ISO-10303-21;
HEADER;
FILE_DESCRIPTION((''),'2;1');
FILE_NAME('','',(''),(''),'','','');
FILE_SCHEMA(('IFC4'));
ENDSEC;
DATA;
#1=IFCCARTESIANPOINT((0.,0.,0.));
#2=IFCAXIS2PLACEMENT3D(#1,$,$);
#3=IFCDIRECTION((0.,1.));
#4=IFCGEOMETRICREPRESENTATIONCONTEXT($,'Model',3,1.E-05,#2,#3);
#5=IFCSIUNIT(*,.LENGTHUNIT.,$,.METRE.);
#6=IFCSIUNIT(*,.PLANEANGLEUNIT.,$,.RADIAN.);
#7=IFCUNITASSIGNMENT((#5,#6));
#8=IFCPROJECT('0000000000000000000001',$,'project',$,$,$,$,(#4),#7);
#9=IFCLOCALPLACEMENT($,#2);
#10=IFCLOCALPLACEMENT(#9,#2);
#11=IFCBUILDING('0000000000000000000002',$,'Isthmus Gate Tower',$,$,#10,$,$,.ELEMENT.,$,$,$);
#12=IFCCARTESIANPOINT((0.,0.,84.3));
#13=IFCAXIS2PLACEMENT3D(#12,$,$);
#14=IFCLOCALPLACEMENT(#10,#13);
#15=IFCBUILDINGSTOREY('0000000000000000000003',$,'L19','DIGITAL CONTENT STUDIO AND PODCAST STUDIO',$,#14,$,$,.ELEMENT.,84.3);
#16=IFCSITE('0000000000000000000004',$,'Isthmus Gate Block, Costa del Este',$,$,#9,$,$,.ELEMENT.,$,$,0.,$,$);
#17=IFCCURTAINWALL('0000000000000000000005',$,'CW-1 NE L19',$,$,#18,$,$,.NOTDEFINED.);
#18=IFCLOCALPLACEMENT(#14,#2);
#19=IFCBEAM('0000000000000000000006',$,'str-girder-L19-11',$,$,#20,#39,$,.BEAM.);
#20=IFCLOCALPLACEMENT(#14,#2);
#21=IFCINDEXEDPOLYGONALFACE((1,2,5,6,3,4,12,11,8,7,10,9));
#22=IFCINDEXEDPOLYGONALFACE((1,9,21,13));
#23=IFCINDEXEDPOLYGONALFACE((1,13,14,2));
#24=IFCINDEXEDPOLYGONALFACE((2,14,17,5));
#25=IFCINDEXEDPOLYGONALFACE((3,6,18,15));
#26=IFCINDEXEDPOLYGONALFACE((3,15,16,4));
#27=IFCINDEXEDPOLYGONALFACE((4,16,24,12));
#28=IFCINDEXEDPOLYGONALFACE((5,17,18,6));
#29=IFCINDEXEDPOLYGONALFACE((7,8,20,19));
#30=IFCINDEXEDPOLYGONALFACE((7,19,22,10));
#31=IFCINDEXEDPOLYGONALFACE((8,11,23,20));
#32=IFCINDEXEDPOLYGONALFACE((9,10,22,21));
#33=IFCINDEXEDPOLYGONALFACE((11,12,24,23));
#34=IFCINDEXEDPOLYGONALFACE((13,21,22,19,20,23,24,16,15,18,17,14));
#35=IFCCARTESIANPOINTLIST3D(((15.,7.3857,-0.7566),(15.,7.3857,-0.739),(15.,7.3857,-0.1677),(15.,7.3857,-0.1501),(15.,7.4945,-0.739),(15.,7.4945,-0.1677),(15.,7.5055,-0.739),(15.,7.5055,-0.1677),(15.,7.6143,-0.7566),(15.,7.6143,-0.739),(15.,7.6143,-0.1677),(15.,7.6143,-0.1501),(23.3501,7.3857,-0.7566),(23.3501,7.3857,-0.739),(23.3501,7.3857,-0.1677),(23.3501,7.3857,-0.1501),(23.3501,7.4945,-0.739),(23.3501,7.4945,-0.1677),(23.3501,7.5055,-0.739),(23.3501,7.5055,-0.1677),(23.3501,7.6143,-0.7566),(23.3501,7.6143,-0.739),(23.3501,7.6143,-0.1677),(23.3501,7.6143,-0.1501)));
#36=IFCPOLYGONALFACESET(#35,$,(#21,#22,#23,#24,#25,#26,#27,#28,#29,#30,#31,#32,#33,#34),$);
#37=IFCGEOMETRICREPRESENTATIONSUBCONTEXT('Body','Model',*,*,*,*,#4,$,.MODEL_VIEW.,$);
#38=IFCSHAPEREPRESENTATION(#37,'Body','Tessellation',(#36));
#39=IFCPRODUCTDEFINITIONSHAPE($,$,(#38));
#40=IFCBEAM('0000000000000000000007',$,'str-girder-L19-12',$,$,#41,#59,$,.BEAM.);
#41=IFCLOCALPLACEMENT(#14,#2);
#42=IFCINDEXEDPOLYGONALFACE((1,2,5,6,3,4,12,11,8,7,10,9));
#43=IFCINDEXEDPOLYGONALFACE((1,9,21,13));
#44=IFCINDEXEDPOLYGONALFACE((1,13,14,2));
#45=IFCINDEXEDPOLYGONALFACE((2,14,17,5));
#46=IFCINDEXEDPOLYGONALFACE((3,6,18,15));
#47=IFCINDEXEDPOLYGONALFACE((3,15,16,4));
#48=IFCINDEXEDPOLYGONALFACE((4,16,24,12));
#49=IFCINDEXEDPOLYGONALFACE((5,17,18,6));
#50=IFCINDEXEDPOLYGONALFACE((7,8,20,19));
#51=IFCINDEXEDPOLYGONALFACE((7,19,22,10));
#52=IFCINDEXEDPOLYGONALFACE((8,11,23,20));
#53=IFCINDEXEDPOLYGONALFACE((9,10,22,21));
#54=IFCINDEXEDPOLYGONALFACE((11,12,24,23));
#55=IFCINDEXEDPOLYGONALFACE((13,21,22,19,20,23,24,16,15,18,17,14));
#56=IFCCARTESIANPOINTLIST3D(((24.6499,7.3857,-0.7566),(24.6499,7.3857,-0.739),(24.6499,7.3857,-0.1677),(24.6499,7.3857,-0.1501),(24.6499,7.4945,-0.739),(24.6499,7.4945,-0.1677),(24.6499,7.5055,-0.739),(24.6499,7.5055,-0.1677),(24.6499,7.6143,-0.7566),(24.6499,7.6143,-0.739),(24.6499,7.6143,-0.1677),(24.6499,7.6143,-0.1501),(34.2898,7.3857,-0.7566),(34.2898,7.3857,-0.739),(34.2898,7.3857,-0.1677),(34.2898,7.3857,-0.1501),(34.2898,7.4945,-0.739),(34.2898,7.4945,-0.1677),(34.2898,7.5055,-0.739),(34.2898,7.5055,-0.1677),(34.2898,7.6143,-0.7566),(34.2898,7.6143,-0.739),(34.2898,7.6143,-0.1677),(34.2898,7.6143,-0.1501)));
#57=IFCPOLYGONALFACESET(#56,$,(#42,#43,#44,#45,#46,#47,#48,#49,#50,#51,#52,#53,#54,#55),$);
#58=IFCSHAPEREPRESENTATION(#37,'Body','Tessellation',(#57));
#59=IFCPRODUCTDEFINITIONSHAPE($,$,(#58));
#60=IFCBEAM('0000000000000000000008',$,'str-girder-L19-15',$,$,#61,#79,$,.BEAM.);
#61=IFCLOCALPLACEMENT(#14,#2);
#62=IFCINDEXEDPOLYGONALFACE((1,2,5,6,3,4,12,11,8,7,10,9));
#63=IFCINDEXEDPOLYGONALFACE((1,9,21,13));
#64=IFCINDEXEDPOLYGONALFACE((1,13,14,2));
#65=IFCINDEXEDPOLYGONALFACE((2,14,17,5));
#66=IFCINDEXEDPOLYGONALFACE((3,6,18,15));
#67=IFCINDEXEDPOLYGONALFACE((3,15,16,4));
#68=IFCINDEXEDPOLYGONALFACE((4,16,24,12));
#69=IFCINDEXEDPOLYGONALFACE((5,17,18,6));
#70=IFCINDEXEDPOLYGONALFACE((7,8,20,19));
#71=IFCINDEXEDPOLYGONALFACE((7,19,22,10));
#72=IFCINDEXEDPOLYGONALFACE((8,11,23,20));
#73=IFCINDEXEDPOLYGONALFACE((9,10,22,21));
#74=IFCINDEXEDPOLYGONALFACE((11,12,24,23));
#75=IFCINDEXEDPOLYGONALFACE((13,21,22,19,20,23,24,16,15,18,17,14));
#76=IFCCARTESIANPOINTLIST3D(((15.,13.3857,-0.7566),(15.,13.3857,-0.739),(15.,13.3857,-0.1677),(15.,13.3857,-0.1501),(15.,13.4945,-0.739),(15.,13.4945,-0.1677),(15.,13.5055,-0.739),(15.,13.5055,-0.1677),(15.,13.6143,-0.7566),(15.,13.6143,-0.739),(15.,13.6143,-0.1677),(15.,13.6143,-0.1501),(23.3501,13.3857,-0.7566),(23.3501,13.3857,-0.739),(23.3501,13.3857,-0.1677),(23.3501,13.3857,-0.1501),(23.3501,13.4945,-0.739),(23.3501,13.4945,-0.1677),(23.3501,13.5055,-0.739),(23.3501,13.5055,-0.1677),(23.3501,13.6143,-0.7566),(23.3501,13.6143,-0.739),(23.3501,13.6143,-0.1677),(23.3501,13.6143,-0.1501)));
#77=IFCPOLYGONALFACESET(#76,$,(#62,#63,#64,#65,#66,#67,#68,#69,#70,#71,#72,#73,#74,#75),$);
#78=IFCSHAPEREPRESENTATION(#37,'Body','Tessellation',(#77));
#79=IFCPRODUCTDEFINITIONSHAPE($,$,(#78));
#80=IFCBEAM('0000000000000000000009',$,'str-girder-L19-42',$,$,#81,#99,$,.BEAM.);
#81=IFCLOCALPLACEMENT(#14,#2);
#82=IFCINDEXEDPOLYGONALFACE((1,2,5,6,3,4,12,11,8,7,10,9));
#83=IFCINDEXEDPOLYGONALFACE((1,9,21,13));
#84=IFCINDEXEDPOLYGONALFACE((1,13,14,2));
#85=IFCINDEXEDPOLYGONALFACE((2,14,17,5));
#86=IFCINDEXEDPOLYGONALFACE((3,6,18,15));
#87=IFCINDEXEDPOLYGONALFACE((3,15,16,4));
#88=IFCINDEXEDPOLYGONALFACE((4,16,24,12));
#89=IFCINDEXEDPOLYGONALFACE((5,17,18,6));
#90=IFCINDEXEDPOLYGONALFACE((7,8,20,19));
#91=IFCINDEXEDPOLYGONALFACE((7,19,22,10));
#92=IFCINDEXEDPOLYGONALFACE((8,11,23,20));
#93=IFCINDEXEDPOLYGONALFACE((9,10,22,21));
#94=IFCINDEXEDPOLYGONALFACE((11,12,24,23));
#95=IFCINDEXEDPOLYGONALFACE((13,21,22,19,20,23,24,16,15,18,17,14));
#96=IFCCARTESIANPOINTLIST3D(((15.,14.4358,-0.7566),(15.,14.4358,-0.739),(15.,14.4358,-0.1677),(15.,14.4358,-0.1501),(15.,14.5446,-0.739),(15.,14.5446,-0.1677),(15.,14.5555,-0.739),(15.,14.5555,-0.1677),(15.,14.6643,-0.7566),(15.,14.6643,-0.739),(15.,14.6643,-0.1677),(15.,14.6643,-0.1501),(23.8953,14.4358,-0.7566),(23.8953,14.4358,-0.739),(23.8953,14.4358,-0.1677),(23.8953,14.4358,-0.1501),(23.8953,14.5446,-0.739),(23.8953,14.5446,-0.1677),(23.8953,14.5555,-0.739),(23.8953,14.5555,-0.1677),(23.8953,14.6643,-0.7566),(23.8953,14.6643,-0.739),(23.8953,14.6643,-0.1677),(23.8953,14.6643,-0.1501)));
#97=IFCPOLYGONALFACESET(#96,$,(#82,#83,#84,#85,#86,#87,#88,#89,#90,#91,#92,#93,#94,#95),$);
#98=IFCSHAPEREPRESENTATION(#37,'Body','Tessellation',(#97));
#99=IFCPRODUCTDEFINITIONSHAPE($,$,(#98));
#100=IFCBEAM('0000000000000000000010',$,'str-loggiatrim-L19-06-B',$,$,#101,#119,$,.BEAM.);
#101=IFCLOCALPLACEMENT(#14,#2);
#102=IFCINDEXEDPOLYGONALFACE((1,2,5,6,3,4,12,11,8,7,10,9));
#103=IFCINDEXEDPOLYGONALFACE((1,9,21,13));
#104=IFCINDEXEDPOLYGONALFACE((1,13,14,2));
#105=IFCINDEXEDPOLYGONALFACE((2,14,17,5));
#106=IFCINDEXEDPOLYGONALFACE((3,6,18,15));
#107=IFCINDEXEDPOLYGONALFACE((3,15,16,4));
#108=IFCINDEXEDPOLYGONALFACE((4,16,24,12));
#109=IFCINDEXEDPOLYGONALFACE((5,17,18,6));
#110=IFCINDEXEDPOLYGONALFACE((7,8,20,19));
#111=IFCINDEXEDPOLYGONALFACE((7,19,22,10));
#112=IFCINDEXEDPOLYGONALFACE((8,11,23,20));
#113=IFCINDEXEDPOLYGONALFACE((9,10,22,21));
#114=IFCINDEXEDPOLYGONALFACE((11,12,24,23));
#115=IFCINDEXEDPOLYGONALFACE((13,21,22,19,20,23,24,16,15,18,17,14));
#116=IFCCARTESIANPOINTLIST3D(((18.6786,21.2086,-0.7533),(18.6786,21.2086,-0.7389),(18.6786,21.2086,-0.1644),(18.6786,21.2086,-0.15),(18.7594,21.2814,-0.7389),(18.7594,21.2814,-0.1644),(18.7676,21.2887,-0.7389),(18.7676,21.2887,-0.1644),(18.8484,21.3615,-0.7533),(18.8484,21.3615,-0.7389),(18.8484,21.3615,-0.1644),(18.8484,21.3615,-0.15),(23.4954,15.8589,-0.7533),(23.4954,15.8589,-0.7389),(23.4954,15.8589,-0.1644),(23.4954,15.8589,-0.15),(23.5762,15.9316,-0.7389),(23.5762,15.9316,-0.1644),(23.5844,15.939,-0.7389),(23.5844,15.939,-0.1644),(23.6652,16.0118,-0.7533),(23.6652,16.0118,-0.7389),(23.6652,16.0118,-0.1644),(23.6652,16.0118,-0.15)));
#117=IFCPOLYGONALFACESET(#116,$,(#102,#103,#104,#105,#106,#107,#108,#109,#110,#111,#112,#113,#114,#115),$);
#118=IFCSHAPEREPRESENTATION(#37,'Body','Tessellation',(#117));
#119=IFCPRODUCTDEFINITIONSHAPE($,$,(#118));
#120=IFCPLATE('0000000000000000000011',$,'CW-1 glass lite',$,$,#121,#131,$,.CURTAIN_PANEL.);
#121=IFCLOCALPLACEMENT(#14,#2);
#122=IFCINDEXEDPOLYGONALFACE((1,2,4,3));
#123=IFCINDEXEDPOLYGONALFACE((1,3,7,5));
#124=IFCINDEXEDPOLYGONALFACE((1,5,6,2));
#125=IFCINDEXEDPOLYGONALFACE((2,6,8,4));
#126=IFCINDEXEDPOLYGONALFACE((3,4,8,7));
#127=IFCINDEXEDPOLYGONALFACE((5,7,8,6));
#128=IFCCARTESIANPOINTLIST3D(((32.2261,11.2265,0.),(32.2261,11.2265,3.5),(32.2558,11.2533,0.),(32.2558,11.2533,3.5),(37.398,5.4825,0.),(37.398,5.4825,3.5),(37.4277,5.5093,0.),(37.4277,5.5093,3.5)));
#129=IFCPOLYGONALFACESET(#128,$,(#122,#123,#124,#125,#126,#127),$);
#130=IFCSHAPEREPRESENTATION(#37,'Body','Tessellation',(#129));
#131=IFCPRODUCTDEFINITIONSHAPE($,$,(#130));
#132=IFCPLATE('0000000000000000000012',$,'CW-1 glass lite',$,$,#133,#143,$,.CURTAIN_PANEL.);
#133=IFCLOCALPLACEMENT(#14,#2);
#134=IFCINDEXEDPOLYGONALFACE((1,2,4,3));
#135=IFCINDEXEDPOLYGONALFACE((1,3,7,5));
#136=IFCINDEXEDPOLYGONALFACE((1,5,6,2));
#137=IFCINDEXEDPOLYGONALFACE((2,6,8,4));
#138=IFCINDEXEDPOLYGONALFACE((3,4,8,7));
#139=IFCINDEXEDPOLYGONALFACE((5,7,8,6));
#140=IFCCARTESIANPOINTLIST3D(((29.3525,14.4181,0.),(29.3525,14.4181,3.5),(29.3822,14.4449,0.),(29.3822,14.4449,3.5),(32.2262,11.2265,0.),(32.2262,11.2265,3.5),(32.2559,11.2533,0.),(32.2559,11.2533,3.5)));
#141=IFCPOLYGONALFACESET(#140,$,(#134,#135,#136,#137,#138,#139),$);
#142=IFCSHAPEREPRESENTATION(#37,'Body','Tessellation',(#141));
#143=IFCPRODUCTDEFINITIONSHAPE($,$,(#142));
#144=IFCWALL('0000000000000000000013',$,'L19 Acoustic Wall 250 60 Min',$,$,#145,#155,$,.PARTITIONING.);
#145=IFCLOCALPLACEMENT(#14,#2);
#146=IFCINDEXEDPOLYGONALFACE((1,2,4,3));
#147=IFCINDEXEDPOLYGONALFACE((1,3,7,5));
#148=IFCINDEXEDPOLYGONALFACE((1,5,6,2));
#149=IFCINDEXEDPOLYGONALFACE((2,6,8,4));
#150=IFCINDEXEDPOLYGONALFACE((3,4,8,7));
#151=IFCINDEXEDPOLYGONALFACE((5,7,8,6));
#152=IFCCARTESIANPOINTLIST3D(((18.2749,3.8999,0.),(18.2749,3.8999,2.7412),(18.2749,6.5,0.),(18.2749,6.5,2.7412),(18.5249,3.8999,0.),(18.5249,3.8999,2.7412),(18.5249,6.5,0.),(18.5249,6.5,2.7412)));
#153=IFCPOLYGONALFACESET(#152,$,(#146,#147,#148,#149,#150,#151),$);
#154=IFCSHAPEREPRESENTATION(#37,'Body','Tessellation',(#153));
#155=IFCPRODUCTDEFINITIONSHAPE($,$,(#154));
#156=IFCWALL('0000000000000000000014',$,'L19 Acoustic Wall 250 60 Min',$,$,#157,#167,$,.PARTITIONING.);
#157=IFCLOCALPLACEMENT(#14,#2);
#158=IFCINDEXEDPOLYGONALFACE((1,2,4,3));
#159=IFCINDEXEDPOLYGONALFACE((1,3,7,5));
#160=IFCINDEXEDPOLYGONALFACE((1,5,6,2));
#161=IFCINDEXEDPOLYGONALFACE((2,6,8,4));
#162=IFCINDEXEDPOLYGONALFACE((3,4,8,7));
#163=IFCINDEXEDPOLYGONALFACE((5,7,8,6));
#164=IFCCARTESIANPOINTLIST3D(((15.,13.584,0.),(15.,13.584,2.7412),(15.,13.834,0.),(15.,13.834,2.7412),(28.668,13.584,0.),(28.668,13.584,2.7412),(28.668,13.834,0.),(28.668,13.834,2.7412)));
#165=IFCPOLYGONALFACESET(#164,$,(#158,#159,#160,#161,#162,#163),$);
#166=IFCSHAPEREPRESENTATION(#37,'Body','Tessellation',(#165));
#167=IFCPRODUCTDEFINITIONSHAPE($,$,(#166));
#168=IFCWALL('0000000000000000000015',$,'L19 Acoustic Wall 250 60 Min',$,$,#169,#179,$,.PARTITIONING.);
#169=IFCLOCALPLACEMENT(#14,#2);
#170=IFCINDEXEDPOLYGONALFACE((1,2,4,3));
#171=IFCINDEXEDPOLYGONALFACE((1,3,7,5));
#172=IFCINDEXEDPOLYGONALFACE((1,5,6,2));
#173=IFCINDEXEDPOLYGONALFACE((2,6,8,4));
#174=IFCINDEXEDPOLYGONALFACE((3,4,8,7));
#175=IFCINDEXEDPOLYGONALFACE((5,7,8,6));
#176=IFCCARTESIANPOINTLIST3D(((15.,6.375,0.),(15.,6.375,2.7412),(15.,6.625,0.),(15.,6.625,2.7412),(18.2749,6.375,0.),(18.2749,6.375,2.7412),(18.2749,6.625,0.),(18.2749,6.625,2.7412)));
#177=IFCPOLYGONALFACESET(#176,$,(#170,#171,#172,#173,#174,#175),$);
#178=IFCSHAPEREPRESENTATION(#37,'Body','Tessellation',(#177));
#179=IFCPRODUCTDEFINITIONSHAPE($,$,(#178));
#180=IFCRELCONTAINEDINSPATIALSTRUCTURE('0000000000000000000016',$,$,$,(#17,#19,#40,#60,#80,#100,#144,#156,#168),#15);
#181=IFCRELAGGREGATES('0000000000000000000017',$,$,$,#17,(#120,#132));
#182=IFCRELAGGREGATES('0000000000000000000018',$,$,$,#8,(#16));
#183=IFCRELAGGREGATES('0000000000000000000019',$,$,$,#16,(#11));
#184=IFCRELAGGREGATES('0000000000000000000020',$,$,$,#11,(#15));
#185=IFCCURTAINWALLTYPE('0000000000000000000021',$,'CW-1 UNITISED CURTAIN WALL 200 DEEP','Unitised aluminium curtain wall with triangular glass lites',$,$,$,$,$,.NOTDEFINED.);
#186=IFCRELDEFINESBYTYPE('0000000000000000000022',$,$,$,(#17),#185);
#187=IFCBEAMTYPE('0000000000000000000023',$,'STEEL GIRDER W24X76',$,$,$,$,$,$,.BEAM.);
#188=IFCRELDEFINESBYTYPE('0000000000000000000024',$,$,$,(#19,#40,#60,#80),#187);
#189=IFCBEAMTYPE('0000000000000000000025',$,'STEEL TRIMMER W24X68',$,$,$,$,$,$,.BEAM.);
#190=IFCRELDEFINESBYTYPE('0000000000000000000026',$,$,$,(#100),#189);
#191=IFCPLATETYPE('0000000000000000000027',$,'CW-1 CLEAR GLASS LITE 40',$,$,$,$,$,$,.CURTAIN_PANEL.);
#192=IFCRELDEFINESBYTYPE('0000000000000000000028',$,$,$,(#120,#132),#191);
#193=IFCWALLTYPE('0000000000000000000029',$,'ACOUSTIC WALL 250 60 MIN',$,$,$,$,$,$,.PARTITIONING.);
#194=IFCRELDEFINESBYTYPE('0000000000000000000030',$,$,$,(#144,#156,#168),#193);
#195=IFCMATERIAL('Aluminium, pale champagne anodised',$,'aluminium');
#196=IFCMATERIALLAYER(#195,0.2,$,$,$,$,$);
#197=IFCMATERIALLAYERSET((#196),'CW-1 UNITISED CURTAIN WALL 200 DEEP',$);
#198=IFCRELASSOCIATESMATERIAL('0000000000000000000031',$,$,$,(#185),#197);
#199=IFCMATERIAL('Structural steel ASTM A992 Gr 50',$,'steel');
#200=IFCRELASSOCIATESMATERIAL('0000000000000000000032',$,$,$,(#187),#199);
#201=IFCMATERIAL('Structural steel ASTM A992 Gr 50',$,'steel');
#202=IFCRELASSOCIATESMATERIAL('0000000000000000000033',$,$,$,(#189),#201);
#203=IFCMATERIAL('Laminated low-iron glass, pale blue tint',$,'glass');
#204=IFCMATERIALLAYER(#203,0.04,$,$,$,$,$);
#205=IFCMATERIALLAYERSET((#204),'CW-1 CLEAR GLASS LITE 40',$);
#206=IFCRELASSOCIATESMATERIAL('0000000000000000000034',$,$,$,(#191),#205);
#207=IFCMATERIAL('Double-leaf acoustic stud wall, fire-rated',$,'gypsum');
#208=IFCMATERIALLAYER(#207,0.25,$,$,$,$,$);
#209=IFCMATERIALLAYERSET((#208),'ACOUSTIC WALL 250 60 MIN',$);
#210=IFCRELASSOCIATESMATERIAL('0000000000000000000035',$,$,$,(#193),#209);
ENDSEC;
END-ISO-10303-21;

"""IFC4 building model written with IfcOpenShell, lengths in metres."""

from ifc_helpers import new_model, si_unit, direction, frame, frame_2d, origin, origin_2d, place, context, subcontext, project, spatial, rectangle, i_section, extrude, material, layer, layer_set, material_profile, profile_set, type_object, element, aggregate, save


model = new_model("IFC4")

# Units and contexts
model_context = context("Model", 3, precision=1e-05, world=origin(), true_north=direction((0.0, 1.0)))
body_context = subcontext(model_context, "Body", "Model", "MODEL_VIEW")
ifc_project = project(units=[si_unit("LENGTHUNIT", "METRE"), si_unit("PLANEANGLEUNIT", "RADIAN")], contexts=[model_context])

# Site, building, storey
site_placement = place(None, origin())
site = spatial("IfcSite", under=ifc_project, at=site_placement, Name="Isthmus Gate Block, Costa del Este", CompositionType="ELEMENT", RefElevation=0.0)
building_placement = place(site_placement, origin())
building = spatial("IfcBuilding", under=site, at=building_placement, Name="Isthmus Gate Tower", CompositionType="ELEMENT")
storey_placement = place(building_placement, frame((0.0, 0.0, 84.3)))
storey = spatial("IfcBuildingStorey", under=building, at=storey_placement, Name="L19", Description="DIGITAL CONTENT STUDIO AND PODCAST STUDIO", CompositionType="ELEMENT", Elevation=84.3)

# Curtain wall
ifc_material_1 = material(Name="Aluminium, pale champagne anodised", Category="aluminium")
ifc_layer_1 = layer(ifc_material_1, 0.2)
ifc_layer_set_1 = layer_set([ifc_layer_1], Name="CW-1 UNITISED CURTAIN WALL 200 DEEP")
curtain_wall_type_1 = type_object("IfcCurtainWallType", Name="CW-1 UNITISED CURTAIN WALL 200 DEEP", Description="Unitised aluminium curtain wall with triangular glass lites", PredefinedType="NOTDEFINED", material=ifc_layer_set_1)
curtain_wall_1_placement = place(storey_placement, origin())
curtain_wall_1 = element("IfcCurtainWall", 1, at=curtain_wall_1_placement, inside=storey, type_object=curtain_wall_type_1, Name="CW-1 NE L19", PredefinedType="NOTDEFINED")

# Beams
ifc_material_2 = material(Name="Structural steel ASTM A992 Gr 50", Category="steel")
ifc_material_profile_1 = material_profile(ifc_material_2, i_section(OverallWidth=0.2285, OverallDepth=0.6064, WebThickness=0.011, FlangeThickness=0.0176, at=origin_2d()), Name="W24X76")
ifc_profile_set_1 = profile_set([ifc_material_profile_1], Name="Structural steel ASTM A992 Gr 50")
beam_type_1 = type_object("IfcBeamType", Name="STEEL GIRDER W24X76", PredefinedType="BEAM", material=ifc_profile_set_1)
beam_1_placement = place(storey_placement, frame((15.0, 7.5, -0.4534), z_axis=(1.0, 0.0, 0.0), x_axis=(0.0, 1.0, 0.0)))
element("IfcBeam", 2, at=beam_1_placement, inside=storey, type_object=beam_type_1, Name="str-girder-L19-11", PredefinedType="BEAM", context=body_context, shape_type="SweptSolid", body=[
    extrude(i_section(OverallWidth=0.2285, OverallDepth=0.6064, WebThickness=0.011, FlangeThickness=0.0176, at=origin_2d()), origin(), (0.0, 0.0, 1.0), 8.3501),
])
beam_2_placement = place(storey_placement, frame((24.6499, 7.5, -0.4534), z_axis=(1.0, 0.0, 0.0), x_axis=(0.0, 1.0, 0.0)))
element("IfcBeam", 3, at=beam_2_placement, inside=storey, type_object=beam_type_1, Name="str-girder-L19-12", PredefinedType="BEAM", context=body_context, shape_type="SweptSolid", body=[
    extrude(i_section(OverallWidth=0.2285, OverallDepth=0.6064, WebThickness=0.011, FlangeThickness=0.0176, at=origin_2d()), origin(), (0.0, 0.0, 1.0), 9.6399),
])
beam_3_placement = place(storey_placement, frame((15.0, 13.5, -0.4534), z_axis=(1.0, 0.0, 0.0), x_axis=(0.0, 1.0, 0.0)))
element("IfcBeam", 4, at=beam_3_placement, inside=storey, type_object=beam_type_1, Name="str-girder-L19-15", PredefinedType="BEAM", context=body_context, shape_type="SweptSolid", body=[
    extrude(i_section(OverallWidth=0.2285, OverallDepth=0.6064, WebThickness=0.011, FlangeThickness=0.0176, at=origin_2d()), origin(), (0.0, 0.0, 1.0), 8.3501),
])
beam_4_placement = place(storey_placement, frame((15.0, 14.55, -0.4534), z_axis=(1.0, 0.0, 0.0), x_axis=(0.0, 1.0, 0.0)))
element("IfcBeam", 5, at=beam_4_placement, inside=storey, type_object=beam_type_1, Name="str-girder-L19-42", PredefinedType="BEAM", context=body_context, shape_type="SweptSolid", body=[
    extrude(i_section(OverallWidth=0.2285, OverallDepth=0.6064, WebThickness=0.011, FlangeThickness=0.0176, at=origin_2d()), origin(), (0.0, 0.0, 1.0), 8.8953),
])
ifc_material_3 = material(Name="Structural steel ASTM A992 Gr 50", Category="steel")
ifc_material_profile_2 = material_profile(ifc_material_3, i_section(OverallWidth=0.2285, OverallDepth=0.6033, WebThickness=0.011, FlangeThickness=0.0144, at=origin_2d()), Name="W24X68")
ifc_profile_set_2 = profile_set([ifc_material_profile_2], Name="Structural steel ASTM A992 Gr 50")
beam_type_2 = type_object("IfcBeamType", Name="STEEL TRIMMER W24X68", PredefinedType="BEAM", material=ifc_profile_set_2)
beam_5_placement = place(storey_placement, frame((23.5803, 15.9353, -0.4517), z_axis=(-0.66912, 0.743154, 0.0), x_axis=(-0.743154, -0.66912, 0.0)))
element("IfcBeam", 6, at=beam_5_placement, inside=storey, type_object=beam_type_2, Name="str-loggiatrim-L19-06-B", PredefinedType="BEAM", context=body_context, shape_type="SweptSolid", body=[
    extrude(i_section(OverallWidth=0.2285, OverallDepth=0.6033, WebThickness=0.011, FlangeThickness=0.0144, at=origin_2d()), origin(), (0.0, 0.0, 1.0), 7.1987),
])

# Plates
ifc_material_4 = material(Name="Laminated low-iron glass, pale blue tint", Category="glass")
ifc_layer_2 = layer(ifc_material_4, 0.04)
ifc_layer_set_2 = layer_set([ifc_layer_2], Name="CW-1 CLEAR GLASS LITE 40")
plate_type = type_object("IfcPlateType", Name="CW-1 CLEAR GLASS LITE 40", PredefinedType="CURTAIN_PANEL", material=ifc_layer_set_2)
plate_1_placement = place(storey_placement, frame((34.8269, 8.3679, 0.0), z_axis=(0.0, 0.0, 1.0), x_axis=(-0.669131, 0.743145, 0.0)))
plate_1 = element("IfcPlate", 7, at=plate_1_placement, type_object=plate_type, Name="CW-1 glass lite", PredefinedType="CURTAIN_PANEL", context=body_context, shape_type="SweptSolid", body=[
    extrude(rectangle(XDim=7.7292, YDim=0.04, at=origin_2d()), origin(), (0.0, 0.0, 1.0), 3.5),
])
plate_2_placement = place(storey_placement, frame((30.8042, 12.8357, 0.0), z_axis=(0.0, 0.0, 1.0), x_axis=(-0.669131, 0.743145, 0.0)))
plate_2 = element("IfcPlate", 8, at=plate_2_placement, type_object=plate_type, Name="CW-1 glass lite", PredefinedType="CURTAIN_PANEL", context=body_context, shape_type="SweptSolid", body=[
    extrude(rectangle(XDim=4.2947, YDim=0.04, at=origin_2d()), origin(), (0.0, 0.0, 1.0), 3.5),
])

# Walls
ifc_material_5 = material(Name="Double-leaf acoustic stud wall, fire-rated", Category="gypsum")
ifc_layer_3 = layer(ifc_material_5, 0.25)
ifc_layer_set_3 = layer_set([ifc_layer_3], Name="ACOUSTIC WALL 250 60 MIN")
wall_type = type_object("IfcWallType", Name="ACOUSTIC WALL 250 60 MIN", PredefinedType="PARTITIONING", material=ifc_layer_set_3)
wall_1_placement = place(storey_placement, frame((18.3999, 6.5, 0.0), z_axis=(0.0, 0.0, 1.0), x_axis=(0.0, -1.0, 0.0)))
element("IfcWall", 9, at=wall_1_placement, inside=storey, type_object=wall_type, Name="L19 Acoustic Wall 250 60 Min", PredefinedType="PARTITIONING", context=body_context, shape_type="SweptSolid", body=[
    extrude(rectangle(XDim=2.6001, YDim=0.25, at=frame_2d((1.3, 0.0))), origin(), (0.0, 0.0, 1.0), 2.7412),
])
wall_2_placement = place(storey_placement, frame((15.0, 13.709, 0.0), z_axis=(0.0, 0.0, 1.0), x_axis=(1.0, 0.0, 0.0)))
element("IfcWall", 10, at=wall_2_placement, inside=storey, type_object=wall_type, Name="L19 Acoustic Wall 250 60 Min", PredefinedType="PARTITIONING", context=body_context, shape_type="SweptSolid", body=[
    extrude(rectangle(XDim=13.668, YDim=0.25, at=frame_2d((6.834, 0.0))), origin(), (0.0, 0.0, 1.0), 2.7412),
])
wall_3_placement = place(storey_placement, frame((15.0, 6.5, 0.0), z_axis=(0.0, 0.0, 1.0), x_axis=(1.0, 0.0, 0.0)))
element("IfcWall", 11, at=wall_3_placement, inside=storey, type_object=wall_type, Name="L19 Acoustic Wall 250 60 Min", PredefinedType="PARTITIONING", context=body_context, shape_type="SweptSolid", body=[
    extrude(rectangle(XDim=3.2749, YDim=0.25, at=frame_2d((1.6375, 0.0))), origin(), (0.0, 0.0, 1.0), 2.7412),
])

aggregate(curtain_wall_1, [plate_1, plate_2])

save(model, "model.ifc")
